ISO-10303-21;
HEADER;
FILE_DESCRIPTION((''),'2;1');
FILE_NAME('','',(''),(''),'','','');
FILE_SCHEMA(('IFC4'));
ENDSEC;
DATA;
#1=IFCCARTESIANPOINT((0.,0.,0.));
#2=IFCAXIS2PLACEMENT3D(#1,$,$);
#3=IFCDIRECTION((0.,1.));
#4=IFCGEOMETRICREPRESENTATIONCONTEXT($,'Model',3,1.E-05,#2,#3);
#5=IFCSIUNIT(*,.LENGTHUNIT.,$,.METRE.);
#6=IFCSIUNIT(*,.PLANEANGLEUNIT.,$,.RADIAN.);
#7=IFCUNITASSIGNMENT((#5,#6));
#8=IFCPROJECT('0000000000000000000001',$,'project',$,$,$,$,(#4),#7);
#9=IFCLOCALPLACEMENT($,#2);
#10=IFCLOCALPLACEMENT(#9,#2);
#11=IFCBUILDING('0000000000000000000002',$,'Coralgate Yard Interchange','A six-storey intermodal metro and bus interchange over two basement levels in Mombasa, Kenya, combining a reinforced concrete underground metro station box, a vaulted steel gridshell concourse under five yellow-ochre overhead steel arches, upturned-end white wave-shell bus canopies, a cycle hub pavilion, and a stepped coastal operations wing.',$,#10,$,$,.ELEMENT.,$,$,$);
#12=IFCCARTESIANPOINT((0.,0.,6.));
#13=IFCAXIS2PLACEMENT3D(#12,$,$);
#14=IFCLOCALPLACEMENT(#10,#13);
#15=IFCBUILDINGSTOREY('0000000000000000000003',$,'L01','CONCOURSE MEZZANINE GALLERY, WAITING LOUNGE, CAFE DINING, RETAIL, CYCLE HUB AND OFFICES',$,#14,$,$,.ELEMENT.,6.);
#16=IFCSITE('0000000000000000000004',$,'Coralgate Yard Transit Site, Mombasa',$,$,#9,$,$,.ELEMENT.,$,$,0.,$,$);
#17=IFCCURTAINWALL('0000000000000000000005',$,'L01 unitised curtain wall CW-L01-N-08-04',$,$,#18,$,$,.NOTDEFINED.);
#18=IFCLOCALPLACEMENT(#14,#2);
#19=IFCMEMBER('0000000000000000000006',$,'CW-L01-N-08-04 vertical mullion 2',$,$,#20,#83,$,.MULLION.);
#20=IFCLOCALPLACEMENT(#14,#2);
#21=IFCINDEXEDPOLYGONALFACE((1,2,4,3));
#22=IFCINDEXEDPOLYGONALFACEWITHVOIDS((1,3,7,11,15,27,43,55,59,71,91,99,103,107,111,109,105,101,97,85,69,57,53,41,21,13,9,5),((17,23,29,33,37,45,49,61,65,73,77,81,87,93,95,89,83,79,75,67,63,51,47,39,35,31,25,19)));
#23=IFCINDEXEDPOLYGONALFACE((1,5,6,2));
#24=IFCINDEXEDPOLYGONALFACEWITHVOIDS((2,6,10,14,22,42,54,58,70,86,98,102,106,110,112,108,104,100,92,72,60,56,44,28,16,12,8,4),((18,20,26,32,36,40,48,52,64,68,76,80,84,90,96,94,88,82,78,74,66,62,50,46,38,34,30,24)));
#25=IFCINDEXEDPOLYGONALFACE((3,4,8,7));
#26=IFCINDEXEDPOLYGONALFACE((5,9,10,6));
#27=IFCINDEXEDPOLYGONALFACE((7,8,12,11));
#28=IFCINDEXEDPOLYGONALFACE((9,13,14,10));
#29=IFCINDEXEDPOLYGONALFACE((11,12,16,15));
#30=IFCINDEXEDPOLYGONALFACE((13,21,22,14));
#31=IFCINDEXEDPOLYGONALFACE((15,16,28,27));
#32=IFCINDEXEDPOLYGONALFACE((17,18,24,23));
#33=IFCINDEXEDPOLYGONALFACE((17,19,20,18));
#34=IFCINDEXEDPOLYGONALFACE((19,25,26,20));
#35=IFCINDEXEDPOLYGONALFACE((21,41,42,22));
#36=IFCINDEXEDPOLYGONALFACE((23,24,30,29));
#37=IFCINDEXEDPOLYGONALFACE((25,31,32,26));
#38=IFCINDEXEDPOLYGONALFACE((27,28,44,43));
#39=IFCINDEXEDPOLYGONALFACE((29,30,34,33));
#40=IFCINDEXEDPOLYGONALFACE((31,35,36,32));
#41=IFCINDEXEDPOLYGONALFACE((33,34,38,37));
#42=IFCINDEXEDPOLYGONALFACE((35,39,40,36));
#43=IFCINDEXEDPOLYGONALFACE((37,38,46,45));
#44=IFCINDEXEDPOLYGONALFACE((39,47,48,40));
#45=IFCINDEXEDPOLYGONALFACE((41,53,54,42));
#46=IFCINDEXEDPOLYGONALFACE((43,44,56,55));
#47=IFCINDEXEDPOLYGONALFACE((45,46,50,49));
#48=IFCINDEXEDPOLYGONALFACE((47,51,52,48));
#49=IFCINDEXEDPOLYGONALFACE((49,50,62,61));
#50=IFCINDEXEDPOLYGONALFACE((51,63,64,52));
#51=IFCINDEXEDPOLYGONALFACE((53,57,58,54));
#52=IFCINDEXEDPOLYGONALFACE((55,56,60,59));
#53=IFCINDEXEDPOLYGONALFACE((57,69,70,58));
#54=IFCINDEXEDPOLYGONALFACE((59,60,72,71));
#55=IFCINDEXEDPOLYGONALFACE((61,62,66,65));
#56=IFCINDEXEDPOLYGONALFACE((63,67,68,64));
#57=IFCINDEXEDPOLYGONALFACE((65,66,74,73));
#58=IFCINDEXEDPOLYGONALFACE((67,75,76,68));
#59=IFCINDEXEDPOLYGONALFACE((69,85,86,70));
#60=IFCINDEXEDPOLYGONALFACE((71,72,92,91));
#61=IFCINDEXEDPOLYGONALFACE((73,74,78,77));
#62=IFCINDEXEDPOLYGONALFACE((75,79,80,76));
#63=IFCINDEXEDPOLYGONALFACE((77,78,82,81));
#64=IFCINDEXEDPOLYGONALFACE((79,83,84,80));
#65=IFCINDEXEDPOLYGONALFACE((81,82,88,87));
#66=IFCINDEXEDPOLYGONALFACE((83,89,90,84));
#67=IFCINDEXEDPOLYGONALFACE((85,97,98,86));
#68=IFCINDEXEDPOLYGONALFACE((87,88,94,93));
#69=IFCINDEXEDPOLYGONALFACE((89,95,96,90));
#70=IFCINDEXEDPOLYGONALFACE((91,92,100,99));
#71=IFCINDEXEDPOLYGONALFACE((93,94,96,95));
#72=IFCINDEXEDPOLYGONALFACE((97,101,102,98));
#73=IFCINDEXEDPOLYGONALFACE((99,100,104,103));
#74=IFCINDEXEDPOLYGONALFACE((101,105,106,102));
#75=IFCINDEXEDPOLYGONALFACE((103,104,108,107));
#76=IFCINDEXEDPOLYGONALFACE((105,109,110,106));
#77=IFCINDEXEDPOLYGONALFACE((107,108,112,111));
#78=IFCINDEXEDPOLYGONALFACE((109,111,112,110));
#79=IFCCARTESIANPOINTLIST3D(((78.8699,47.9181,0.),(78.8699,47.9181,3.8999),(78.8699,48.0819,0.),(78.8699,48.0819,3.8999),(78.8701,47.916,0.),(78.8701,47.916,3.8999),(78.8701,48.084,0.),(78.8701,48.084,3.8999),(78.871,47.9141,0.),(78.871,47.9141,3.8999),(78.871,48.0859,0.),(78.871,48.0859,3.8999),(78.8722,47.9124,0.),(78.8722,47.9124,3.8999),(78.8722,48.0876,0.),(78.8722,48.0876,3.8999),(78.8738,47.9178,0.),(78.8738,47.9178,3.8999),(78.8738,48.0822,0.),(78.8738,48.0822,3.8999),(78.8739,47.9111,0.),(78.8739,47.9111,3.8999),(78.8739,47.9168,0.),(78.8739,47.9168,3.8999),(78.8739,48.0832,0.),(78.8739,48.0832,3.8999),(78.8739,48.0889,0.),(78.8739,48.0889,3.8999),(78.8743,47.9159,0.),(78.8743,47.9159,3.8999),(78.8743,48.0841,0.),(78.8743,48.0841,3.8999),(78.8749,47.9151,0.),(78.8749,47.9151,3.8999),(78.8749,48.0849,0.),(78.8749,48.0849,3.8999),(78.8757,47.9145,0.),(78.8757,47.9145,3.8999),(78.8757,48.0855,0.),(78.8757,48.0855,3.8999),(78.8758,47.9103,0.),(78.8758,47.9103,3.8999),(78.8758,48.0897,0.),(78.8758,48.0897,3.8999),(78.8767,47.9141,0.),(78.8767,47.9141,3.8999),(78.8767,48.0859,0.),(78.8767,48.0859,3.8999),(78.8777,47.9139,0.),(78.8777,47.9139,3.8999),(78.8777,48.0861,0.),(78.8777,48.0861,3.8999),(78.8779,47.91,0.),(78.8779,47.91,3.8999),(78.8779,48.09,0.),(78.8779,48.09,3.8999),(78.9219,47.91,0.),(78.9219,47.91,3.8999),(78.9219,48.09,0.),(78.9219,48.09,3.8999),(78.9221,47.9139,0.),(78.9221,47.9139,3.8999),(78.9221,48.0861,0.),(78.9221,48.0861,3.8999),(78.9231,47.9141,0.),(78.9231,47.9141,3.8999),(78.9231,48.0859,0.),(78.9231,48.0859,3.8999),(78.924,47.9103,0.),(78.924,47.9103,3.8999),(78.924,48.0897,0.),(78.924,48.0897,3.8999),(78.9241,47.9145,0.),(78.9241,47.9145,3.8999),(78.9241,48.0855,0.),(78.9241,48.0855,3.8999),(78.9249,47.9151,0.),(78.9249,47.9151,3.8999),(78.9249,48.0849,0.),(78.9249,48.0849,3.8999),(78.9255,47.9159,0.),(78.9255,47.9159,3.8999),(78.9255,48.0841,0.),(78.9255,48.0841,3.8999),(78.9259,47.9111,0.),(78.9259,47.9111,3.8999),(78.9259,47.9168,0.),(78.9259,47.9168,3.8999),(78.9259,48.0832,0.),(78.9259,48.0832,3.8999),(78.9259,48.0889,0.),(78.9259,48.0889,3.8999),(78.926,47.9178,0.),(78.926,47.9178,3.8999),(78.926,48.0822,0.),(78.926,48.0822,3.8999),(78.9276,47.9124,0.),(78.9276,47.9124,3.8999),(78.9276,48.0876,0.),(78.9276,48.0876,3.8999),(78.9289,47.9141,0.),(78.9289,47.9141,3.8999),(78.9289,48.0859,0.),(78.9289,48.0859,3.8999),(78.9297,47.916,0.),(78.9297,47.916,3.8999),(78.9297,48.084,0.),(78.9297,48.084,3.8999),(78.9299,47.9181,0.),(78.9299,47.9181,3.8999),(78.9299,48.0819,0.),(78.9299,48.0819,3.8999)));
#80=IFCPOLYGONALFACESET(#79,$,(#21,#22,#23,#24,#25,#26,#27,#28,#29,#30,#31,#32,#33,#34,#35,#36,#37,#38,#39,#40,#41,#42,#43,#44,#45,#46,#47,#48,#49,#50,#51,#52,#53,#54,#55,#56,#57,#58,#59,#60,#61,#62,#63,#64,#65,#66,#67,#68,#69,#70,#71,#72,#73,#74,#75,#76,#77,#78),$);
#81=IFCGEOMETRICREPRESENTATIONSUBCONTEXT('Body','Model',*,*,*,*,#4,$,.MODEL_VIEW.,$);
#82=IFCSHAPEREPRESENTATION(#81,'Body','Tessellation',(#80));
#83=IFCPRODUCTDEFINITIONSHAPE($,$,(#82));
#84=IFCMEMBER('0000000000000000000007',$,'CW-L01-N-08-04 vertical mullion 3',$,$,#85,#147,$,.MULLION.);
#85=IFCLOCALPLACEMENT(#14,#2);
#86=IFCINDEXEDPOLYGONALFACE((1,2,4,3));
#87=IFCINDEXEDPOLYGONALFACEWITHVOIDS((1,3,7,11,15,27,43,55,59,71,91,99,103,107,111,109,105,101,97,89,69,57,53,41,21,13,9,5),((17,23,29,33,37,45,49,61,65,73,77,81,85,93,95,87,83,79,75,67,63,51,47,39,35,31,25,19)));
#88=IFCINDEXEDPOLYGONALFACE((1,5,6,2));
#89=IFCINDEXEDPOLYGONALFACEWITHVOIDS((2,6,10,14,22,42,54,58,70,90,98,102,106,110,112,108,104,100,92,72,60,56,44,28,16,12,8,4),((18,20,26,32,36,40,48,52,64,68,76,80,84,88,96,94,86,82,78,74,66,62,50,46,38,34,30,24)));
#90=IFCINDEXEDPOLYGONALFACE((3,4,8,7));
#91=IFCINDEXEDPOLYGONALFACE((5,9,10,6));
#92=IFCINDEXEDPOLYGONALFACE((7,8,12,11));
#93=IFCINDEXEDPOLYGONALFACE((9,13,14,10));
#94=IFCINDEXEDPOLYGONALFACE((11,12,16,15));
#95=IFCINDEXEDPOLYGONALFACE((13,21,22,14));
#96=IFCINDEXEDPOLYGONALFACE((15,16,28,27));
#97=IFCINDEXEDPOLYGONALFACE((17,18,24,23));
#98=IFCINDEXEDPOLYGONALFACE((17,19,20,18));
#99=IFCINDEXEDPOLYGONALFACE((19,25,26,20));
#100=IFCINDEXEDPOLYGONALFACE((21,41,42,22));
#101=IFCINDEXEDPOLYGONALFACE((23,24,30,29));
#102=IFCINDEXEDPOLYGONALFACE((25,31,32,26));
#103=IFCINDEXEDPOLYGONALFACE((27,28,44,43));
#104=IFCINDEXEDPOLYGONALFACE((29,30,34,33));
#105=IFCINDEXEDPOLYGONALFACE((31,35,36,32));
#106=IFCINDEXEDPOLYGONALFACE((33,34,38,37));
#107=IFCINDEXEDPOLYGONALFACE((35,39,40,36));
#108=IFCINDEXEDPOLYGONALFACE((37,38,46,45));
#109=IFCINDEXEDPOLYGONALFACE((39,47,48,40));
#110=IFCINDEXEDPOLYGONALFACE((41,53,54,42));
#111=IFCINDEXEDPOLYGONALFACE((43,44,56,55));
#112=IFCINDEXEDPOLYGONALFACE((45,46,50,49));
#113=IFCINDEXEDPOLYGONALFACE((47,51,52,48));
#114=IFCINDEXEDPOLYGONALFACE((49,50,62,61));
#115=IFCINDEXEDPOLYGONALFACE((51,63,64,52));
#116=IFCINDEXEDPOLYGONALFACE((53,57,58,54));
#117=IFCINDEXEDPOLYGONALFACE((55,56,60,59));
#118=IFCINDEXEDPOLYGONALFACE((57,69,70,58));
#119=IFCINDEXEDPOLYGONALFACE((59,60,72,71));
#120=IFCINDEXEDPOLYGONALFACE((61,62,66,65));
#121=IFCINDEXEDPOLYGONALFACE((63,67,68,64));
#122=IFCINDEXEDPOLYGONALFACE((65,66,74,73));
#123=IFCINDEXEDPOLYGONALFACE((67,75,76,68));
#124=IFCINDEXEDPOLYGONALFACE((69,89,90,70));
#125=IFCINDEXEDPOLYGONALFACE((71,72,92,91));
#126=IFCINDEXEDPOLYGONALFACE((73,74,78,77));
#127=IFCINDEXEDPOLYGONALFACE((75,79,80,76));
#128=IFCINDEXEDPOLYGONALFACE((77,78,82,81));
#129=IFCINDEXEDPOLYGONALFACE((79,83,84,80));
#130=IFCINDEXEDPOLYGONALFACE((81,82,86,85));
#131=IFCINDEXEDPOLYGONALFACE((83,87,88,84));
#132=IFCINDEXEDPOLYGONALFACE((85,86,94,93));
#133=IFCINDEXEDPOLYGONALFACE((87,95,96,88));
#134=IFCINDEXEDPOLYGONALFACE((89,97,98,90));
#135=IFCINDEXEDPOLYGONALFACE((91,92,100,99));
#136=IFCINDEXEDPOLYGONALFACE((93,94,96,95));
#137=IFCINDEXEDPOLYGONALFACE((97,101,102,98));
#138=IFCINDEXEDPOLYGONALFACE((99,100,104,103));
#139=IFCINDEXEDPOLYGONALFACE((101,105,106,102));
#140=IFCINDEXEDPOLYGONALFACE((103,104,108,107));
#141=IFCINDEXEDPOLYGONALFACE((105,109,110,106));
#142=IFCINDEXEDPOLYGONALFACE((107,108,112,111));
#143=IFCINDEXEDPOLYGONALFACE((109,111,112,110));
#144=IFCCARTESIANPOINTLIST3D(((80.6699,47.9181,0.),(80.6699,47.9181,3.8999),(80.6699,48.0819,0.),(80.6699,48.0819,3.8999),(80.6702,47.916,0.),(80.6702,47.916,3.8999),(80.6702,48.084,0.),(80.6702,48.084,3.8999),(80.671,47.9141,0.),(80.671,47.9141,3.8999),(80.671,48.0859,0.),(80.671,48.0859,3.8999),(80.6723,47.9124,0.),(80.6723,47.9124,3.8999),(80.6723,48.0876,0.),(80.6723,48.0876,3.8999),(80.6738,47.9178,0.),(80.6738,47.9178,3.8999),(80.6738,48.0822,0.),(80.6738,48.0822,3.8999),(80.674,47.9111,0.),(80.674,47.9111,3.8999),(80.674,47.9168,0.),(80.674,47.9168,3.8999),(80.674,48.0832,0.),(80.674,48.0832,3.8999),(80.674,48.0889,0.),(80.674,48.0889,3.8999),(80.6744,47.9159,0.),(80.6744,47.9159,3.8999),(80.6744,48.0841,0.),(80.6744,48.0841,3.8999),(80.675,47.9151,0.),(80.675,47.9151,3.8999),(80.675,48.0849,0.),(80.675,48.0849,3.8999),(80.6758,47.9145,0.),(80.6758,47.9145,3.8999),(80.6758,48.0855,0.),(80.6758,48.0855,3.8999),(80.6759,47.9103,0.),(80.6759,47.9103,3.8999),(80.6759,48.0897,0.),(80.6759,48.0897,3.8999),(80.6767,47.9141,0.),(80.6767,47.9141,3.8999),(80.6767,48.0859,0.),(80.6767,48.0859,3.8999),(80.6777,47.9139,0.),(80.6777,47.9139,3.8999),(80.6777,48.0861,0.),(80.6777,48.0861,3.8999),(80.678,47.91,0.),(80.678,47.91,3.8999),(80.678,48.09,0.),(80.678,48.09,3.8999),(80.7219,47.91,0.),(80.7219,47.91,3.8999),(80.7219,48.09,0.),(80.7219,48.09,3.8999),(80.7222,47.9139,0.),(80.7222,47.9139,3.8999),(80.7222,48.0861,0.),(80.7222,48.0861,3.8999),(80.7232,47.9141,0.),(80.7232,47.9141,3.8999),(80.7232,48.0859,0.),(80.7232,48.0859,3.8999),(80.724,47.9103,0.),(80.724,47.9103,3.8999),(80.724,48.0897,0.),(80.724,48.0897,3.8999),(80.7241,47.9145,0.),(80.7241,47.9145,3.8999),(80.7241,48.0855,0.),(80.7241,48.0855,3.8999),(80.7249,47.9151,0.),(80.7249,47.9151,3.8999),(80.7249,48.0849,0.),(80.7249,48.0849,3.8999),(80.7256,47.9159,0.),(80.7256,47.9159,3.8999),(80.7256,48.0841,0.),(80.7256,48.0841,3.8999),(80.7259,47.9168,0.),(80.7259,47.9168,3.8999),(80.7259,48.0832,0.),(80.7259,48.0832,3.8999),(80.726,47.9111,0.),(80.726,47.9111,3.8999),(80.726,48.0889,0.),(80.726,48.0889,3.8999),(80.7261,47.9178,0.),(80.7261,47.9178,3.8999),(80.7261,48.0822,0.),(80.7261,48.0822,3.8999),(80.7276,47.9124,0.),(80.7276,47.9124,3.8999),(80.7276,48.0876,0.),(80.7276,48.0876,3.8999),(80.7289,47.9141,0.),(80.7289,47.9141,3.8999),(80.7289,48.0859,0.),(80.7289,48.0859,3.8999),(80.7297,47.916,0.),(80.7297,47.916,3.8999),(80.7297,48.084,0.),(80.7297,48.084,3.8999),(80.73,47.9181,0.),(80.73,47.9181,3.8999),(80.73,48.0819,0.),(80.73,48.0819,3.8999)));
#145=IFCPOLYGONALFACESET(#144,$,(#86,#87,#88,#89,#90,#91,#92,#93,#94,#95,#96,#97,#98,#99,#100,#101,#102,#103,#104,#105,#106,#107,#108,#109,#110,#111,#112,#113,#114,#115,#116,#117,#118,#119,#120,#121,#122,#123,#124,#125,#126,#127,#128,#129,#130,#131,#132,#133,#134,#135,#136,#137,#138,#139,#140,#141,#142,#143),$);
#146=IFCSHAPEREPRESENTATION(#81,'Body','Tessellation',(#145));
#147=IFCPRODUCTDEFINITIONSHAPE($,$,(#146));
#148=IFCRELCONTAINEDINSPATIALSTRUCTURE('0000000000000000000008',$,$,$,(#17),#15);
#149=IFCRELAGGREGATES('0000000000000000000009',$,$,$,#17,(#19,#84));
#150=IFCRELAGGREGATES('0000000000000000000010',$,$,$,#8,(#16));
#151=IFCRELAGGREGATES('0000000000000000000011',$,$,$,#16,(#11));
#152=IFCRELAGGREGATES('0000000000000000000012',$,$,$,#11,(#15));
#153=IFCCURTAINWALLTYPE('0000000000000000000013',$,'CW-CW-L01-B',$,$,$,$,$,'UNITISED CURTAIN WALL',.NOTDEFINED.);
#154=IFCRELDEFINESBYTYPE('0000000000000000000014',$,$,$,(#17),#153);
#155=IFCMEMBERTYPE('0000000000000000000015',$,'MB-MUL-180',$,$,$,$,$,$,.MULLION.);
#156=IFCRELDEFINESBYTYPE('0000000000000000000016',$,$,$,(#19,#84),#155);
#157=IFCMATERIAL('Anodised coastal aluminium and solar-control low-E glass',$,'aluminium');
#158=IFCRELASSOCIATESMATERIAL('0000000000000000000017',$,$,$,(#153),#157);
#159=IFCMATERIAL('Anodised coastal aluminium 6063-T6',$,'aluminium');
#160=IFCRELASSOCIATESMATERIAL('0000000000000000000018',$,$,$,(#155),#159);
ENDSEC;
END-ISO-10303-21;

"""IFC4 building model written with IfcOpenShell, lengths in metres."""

from ifc_helpers import new_model, si_unit, direction, frame, origin, origin_2d, place, context, subcontext, project, spatial, hollow_rectangle, extrude, material, material_profile, profile_set, type_object, element, aggregate, save


model = new_model("IFC4")

# Units and contexts
model_context = context("Model", 3, precision=1e-05, world=origin(), true_north=direction((0.0, 1.0)))
body_context = subcontext(model_context, "Body", "Model", "MODEL_VIEW")
ifc_project = project(units=[si_unit("LENGTHUNIT", "METRE"), si_unit("PLANEANGLEUNIT", "RADIAN")], contexts=[model_context])

# Site, building, storey
site_placement = place(None, origin())
site = spatial("IfcSite", under=ifc_project, at=site_placement, Name="Coralgate Yard Transit Site, Mombasa", CompositionType="ELEMENT", RefElevation=0.0)
building_placement = place(site_placement, origin())
building = spatial("IfcBuilding", under=site, at=building_placement, Name="Coralgate Yard Interchange", Description="A six-storey intermodal metro and bus interchange over two basement levels in Mombasa, Kenya, combining a reinforced concrete underground metro station box, a vaulted steel gridshell concourse under five yellow-ochre overhead steel arches, upturned-end white wave-shell bus canopies, a cycle hub pavilion, and a stepped coastal operations wing.", CompositionType="ELEMENT")
storey_placement = place(building_placement, frame((0.0, 0.0, 6.0)))
storey = spatial("IfcBuildingStorey", under=building, at=storey_placement, Name="L01", Description="CONCOURSE MEZZANINE GALLERY, WAITING LOUNGE, CAFE DINING, RETAIL, CYCLE HUB AND OFFICES", CompositionType="ELEMENT", Elevation=6.0)

# Curtain wall, members
ifc_material_1 = material(Name="Anodised coastal aluminium and solar-control low-E glass", Category="aluminium")
curtain_wall_type = type_object("IfcCurtainWallType", Name="CW-CW-L01-B", ElementType="UNITISED CURTAIN WALL", PredefinedType="NOTDEFINED", material=ifc_material_1)
curtain_wall_placement = place(storey_placement, origin())
curtain_wall = element("IfcCurtainWall", 1, at=curtain_wall_placement, inside=storey, type_object=curtain_wall_type, Name="L01 unitised curtain wall CW-L01-N-08-04", PredefinedType="NOTDEFINED")
ifc_material_2 = material(Name="Anodised coastal aluminium 6063-T6", Category="aluminium")
ifc_material_profile_1 = material_profile(ifc_material_2, hollow_rectangle(XDim=0.0601, YDim=0.1799, WallThickness=0.0039, InnerFilletRadius=0.0039, OuterFilletRadius=0.0081, at=origin_2d()), Name="ALU 60x180x4")
ifc_profile_set_1 = profile_set([ifc_material_profile_1], Name="Anodised coastal aluminium 6063-T6")
member_type_1 = type_object("IfcMemberType", Name="MB-MUL-180", PredefinedType="MULLION", material=ifc_profile_set_1)
member_1_placement = place(storey_placement, frame((78.8999, 48.0, 0.0), z_axis=(0.0, 0.0, 1.0), x_axis=(1.0, 0.0, 0.0)))
member_1 = element("IfcMember", 2, at=member_1_placement, type_object=member_type_1, Name="CW-L01-N-08-04 vertical mullion 2", PredefinedType="MULLION", context=body_context, shape_type="SweptSolid", body=[
    extrude(hollow_rectangle(XDim=0.0601, YDim=0.1799, WallThickness=0.0039, InnerFilletRadius=0.0039, OuterFilletRadius=0.0081, at=origin_2d()), origin(), (0.0, 0.0, 1.0), 3.8999),
])
member_2_placement = place(storey_placement, frame((80.7, 48.0, 0.0), z_axis=(0.0, 0.0, 1.0), x_axis=(1.0, 0.0, 0.0)))
member_2 = element("IfcMember", 3, at=member_2_placement, type_object=member_type_1, Name="CW-L01-N-08-04 vertical mullion 3", PredefinedType="MULLION", context=body_context, shape_type="SweptSolid", body=[
    extrude(hollow_rectangle(XDim=0.0601, YDim=0.1799, WallThickness=0.0039, InnerFilletRadius=0.0039, OuterFilletRadius=0.0081, at=origin_2d()), origin(), (0.0, 0.0, 1.0), 3.8999),
])
aggregate(curtain_wall, [member_1, member_2])

save(model, "model.ifc")
